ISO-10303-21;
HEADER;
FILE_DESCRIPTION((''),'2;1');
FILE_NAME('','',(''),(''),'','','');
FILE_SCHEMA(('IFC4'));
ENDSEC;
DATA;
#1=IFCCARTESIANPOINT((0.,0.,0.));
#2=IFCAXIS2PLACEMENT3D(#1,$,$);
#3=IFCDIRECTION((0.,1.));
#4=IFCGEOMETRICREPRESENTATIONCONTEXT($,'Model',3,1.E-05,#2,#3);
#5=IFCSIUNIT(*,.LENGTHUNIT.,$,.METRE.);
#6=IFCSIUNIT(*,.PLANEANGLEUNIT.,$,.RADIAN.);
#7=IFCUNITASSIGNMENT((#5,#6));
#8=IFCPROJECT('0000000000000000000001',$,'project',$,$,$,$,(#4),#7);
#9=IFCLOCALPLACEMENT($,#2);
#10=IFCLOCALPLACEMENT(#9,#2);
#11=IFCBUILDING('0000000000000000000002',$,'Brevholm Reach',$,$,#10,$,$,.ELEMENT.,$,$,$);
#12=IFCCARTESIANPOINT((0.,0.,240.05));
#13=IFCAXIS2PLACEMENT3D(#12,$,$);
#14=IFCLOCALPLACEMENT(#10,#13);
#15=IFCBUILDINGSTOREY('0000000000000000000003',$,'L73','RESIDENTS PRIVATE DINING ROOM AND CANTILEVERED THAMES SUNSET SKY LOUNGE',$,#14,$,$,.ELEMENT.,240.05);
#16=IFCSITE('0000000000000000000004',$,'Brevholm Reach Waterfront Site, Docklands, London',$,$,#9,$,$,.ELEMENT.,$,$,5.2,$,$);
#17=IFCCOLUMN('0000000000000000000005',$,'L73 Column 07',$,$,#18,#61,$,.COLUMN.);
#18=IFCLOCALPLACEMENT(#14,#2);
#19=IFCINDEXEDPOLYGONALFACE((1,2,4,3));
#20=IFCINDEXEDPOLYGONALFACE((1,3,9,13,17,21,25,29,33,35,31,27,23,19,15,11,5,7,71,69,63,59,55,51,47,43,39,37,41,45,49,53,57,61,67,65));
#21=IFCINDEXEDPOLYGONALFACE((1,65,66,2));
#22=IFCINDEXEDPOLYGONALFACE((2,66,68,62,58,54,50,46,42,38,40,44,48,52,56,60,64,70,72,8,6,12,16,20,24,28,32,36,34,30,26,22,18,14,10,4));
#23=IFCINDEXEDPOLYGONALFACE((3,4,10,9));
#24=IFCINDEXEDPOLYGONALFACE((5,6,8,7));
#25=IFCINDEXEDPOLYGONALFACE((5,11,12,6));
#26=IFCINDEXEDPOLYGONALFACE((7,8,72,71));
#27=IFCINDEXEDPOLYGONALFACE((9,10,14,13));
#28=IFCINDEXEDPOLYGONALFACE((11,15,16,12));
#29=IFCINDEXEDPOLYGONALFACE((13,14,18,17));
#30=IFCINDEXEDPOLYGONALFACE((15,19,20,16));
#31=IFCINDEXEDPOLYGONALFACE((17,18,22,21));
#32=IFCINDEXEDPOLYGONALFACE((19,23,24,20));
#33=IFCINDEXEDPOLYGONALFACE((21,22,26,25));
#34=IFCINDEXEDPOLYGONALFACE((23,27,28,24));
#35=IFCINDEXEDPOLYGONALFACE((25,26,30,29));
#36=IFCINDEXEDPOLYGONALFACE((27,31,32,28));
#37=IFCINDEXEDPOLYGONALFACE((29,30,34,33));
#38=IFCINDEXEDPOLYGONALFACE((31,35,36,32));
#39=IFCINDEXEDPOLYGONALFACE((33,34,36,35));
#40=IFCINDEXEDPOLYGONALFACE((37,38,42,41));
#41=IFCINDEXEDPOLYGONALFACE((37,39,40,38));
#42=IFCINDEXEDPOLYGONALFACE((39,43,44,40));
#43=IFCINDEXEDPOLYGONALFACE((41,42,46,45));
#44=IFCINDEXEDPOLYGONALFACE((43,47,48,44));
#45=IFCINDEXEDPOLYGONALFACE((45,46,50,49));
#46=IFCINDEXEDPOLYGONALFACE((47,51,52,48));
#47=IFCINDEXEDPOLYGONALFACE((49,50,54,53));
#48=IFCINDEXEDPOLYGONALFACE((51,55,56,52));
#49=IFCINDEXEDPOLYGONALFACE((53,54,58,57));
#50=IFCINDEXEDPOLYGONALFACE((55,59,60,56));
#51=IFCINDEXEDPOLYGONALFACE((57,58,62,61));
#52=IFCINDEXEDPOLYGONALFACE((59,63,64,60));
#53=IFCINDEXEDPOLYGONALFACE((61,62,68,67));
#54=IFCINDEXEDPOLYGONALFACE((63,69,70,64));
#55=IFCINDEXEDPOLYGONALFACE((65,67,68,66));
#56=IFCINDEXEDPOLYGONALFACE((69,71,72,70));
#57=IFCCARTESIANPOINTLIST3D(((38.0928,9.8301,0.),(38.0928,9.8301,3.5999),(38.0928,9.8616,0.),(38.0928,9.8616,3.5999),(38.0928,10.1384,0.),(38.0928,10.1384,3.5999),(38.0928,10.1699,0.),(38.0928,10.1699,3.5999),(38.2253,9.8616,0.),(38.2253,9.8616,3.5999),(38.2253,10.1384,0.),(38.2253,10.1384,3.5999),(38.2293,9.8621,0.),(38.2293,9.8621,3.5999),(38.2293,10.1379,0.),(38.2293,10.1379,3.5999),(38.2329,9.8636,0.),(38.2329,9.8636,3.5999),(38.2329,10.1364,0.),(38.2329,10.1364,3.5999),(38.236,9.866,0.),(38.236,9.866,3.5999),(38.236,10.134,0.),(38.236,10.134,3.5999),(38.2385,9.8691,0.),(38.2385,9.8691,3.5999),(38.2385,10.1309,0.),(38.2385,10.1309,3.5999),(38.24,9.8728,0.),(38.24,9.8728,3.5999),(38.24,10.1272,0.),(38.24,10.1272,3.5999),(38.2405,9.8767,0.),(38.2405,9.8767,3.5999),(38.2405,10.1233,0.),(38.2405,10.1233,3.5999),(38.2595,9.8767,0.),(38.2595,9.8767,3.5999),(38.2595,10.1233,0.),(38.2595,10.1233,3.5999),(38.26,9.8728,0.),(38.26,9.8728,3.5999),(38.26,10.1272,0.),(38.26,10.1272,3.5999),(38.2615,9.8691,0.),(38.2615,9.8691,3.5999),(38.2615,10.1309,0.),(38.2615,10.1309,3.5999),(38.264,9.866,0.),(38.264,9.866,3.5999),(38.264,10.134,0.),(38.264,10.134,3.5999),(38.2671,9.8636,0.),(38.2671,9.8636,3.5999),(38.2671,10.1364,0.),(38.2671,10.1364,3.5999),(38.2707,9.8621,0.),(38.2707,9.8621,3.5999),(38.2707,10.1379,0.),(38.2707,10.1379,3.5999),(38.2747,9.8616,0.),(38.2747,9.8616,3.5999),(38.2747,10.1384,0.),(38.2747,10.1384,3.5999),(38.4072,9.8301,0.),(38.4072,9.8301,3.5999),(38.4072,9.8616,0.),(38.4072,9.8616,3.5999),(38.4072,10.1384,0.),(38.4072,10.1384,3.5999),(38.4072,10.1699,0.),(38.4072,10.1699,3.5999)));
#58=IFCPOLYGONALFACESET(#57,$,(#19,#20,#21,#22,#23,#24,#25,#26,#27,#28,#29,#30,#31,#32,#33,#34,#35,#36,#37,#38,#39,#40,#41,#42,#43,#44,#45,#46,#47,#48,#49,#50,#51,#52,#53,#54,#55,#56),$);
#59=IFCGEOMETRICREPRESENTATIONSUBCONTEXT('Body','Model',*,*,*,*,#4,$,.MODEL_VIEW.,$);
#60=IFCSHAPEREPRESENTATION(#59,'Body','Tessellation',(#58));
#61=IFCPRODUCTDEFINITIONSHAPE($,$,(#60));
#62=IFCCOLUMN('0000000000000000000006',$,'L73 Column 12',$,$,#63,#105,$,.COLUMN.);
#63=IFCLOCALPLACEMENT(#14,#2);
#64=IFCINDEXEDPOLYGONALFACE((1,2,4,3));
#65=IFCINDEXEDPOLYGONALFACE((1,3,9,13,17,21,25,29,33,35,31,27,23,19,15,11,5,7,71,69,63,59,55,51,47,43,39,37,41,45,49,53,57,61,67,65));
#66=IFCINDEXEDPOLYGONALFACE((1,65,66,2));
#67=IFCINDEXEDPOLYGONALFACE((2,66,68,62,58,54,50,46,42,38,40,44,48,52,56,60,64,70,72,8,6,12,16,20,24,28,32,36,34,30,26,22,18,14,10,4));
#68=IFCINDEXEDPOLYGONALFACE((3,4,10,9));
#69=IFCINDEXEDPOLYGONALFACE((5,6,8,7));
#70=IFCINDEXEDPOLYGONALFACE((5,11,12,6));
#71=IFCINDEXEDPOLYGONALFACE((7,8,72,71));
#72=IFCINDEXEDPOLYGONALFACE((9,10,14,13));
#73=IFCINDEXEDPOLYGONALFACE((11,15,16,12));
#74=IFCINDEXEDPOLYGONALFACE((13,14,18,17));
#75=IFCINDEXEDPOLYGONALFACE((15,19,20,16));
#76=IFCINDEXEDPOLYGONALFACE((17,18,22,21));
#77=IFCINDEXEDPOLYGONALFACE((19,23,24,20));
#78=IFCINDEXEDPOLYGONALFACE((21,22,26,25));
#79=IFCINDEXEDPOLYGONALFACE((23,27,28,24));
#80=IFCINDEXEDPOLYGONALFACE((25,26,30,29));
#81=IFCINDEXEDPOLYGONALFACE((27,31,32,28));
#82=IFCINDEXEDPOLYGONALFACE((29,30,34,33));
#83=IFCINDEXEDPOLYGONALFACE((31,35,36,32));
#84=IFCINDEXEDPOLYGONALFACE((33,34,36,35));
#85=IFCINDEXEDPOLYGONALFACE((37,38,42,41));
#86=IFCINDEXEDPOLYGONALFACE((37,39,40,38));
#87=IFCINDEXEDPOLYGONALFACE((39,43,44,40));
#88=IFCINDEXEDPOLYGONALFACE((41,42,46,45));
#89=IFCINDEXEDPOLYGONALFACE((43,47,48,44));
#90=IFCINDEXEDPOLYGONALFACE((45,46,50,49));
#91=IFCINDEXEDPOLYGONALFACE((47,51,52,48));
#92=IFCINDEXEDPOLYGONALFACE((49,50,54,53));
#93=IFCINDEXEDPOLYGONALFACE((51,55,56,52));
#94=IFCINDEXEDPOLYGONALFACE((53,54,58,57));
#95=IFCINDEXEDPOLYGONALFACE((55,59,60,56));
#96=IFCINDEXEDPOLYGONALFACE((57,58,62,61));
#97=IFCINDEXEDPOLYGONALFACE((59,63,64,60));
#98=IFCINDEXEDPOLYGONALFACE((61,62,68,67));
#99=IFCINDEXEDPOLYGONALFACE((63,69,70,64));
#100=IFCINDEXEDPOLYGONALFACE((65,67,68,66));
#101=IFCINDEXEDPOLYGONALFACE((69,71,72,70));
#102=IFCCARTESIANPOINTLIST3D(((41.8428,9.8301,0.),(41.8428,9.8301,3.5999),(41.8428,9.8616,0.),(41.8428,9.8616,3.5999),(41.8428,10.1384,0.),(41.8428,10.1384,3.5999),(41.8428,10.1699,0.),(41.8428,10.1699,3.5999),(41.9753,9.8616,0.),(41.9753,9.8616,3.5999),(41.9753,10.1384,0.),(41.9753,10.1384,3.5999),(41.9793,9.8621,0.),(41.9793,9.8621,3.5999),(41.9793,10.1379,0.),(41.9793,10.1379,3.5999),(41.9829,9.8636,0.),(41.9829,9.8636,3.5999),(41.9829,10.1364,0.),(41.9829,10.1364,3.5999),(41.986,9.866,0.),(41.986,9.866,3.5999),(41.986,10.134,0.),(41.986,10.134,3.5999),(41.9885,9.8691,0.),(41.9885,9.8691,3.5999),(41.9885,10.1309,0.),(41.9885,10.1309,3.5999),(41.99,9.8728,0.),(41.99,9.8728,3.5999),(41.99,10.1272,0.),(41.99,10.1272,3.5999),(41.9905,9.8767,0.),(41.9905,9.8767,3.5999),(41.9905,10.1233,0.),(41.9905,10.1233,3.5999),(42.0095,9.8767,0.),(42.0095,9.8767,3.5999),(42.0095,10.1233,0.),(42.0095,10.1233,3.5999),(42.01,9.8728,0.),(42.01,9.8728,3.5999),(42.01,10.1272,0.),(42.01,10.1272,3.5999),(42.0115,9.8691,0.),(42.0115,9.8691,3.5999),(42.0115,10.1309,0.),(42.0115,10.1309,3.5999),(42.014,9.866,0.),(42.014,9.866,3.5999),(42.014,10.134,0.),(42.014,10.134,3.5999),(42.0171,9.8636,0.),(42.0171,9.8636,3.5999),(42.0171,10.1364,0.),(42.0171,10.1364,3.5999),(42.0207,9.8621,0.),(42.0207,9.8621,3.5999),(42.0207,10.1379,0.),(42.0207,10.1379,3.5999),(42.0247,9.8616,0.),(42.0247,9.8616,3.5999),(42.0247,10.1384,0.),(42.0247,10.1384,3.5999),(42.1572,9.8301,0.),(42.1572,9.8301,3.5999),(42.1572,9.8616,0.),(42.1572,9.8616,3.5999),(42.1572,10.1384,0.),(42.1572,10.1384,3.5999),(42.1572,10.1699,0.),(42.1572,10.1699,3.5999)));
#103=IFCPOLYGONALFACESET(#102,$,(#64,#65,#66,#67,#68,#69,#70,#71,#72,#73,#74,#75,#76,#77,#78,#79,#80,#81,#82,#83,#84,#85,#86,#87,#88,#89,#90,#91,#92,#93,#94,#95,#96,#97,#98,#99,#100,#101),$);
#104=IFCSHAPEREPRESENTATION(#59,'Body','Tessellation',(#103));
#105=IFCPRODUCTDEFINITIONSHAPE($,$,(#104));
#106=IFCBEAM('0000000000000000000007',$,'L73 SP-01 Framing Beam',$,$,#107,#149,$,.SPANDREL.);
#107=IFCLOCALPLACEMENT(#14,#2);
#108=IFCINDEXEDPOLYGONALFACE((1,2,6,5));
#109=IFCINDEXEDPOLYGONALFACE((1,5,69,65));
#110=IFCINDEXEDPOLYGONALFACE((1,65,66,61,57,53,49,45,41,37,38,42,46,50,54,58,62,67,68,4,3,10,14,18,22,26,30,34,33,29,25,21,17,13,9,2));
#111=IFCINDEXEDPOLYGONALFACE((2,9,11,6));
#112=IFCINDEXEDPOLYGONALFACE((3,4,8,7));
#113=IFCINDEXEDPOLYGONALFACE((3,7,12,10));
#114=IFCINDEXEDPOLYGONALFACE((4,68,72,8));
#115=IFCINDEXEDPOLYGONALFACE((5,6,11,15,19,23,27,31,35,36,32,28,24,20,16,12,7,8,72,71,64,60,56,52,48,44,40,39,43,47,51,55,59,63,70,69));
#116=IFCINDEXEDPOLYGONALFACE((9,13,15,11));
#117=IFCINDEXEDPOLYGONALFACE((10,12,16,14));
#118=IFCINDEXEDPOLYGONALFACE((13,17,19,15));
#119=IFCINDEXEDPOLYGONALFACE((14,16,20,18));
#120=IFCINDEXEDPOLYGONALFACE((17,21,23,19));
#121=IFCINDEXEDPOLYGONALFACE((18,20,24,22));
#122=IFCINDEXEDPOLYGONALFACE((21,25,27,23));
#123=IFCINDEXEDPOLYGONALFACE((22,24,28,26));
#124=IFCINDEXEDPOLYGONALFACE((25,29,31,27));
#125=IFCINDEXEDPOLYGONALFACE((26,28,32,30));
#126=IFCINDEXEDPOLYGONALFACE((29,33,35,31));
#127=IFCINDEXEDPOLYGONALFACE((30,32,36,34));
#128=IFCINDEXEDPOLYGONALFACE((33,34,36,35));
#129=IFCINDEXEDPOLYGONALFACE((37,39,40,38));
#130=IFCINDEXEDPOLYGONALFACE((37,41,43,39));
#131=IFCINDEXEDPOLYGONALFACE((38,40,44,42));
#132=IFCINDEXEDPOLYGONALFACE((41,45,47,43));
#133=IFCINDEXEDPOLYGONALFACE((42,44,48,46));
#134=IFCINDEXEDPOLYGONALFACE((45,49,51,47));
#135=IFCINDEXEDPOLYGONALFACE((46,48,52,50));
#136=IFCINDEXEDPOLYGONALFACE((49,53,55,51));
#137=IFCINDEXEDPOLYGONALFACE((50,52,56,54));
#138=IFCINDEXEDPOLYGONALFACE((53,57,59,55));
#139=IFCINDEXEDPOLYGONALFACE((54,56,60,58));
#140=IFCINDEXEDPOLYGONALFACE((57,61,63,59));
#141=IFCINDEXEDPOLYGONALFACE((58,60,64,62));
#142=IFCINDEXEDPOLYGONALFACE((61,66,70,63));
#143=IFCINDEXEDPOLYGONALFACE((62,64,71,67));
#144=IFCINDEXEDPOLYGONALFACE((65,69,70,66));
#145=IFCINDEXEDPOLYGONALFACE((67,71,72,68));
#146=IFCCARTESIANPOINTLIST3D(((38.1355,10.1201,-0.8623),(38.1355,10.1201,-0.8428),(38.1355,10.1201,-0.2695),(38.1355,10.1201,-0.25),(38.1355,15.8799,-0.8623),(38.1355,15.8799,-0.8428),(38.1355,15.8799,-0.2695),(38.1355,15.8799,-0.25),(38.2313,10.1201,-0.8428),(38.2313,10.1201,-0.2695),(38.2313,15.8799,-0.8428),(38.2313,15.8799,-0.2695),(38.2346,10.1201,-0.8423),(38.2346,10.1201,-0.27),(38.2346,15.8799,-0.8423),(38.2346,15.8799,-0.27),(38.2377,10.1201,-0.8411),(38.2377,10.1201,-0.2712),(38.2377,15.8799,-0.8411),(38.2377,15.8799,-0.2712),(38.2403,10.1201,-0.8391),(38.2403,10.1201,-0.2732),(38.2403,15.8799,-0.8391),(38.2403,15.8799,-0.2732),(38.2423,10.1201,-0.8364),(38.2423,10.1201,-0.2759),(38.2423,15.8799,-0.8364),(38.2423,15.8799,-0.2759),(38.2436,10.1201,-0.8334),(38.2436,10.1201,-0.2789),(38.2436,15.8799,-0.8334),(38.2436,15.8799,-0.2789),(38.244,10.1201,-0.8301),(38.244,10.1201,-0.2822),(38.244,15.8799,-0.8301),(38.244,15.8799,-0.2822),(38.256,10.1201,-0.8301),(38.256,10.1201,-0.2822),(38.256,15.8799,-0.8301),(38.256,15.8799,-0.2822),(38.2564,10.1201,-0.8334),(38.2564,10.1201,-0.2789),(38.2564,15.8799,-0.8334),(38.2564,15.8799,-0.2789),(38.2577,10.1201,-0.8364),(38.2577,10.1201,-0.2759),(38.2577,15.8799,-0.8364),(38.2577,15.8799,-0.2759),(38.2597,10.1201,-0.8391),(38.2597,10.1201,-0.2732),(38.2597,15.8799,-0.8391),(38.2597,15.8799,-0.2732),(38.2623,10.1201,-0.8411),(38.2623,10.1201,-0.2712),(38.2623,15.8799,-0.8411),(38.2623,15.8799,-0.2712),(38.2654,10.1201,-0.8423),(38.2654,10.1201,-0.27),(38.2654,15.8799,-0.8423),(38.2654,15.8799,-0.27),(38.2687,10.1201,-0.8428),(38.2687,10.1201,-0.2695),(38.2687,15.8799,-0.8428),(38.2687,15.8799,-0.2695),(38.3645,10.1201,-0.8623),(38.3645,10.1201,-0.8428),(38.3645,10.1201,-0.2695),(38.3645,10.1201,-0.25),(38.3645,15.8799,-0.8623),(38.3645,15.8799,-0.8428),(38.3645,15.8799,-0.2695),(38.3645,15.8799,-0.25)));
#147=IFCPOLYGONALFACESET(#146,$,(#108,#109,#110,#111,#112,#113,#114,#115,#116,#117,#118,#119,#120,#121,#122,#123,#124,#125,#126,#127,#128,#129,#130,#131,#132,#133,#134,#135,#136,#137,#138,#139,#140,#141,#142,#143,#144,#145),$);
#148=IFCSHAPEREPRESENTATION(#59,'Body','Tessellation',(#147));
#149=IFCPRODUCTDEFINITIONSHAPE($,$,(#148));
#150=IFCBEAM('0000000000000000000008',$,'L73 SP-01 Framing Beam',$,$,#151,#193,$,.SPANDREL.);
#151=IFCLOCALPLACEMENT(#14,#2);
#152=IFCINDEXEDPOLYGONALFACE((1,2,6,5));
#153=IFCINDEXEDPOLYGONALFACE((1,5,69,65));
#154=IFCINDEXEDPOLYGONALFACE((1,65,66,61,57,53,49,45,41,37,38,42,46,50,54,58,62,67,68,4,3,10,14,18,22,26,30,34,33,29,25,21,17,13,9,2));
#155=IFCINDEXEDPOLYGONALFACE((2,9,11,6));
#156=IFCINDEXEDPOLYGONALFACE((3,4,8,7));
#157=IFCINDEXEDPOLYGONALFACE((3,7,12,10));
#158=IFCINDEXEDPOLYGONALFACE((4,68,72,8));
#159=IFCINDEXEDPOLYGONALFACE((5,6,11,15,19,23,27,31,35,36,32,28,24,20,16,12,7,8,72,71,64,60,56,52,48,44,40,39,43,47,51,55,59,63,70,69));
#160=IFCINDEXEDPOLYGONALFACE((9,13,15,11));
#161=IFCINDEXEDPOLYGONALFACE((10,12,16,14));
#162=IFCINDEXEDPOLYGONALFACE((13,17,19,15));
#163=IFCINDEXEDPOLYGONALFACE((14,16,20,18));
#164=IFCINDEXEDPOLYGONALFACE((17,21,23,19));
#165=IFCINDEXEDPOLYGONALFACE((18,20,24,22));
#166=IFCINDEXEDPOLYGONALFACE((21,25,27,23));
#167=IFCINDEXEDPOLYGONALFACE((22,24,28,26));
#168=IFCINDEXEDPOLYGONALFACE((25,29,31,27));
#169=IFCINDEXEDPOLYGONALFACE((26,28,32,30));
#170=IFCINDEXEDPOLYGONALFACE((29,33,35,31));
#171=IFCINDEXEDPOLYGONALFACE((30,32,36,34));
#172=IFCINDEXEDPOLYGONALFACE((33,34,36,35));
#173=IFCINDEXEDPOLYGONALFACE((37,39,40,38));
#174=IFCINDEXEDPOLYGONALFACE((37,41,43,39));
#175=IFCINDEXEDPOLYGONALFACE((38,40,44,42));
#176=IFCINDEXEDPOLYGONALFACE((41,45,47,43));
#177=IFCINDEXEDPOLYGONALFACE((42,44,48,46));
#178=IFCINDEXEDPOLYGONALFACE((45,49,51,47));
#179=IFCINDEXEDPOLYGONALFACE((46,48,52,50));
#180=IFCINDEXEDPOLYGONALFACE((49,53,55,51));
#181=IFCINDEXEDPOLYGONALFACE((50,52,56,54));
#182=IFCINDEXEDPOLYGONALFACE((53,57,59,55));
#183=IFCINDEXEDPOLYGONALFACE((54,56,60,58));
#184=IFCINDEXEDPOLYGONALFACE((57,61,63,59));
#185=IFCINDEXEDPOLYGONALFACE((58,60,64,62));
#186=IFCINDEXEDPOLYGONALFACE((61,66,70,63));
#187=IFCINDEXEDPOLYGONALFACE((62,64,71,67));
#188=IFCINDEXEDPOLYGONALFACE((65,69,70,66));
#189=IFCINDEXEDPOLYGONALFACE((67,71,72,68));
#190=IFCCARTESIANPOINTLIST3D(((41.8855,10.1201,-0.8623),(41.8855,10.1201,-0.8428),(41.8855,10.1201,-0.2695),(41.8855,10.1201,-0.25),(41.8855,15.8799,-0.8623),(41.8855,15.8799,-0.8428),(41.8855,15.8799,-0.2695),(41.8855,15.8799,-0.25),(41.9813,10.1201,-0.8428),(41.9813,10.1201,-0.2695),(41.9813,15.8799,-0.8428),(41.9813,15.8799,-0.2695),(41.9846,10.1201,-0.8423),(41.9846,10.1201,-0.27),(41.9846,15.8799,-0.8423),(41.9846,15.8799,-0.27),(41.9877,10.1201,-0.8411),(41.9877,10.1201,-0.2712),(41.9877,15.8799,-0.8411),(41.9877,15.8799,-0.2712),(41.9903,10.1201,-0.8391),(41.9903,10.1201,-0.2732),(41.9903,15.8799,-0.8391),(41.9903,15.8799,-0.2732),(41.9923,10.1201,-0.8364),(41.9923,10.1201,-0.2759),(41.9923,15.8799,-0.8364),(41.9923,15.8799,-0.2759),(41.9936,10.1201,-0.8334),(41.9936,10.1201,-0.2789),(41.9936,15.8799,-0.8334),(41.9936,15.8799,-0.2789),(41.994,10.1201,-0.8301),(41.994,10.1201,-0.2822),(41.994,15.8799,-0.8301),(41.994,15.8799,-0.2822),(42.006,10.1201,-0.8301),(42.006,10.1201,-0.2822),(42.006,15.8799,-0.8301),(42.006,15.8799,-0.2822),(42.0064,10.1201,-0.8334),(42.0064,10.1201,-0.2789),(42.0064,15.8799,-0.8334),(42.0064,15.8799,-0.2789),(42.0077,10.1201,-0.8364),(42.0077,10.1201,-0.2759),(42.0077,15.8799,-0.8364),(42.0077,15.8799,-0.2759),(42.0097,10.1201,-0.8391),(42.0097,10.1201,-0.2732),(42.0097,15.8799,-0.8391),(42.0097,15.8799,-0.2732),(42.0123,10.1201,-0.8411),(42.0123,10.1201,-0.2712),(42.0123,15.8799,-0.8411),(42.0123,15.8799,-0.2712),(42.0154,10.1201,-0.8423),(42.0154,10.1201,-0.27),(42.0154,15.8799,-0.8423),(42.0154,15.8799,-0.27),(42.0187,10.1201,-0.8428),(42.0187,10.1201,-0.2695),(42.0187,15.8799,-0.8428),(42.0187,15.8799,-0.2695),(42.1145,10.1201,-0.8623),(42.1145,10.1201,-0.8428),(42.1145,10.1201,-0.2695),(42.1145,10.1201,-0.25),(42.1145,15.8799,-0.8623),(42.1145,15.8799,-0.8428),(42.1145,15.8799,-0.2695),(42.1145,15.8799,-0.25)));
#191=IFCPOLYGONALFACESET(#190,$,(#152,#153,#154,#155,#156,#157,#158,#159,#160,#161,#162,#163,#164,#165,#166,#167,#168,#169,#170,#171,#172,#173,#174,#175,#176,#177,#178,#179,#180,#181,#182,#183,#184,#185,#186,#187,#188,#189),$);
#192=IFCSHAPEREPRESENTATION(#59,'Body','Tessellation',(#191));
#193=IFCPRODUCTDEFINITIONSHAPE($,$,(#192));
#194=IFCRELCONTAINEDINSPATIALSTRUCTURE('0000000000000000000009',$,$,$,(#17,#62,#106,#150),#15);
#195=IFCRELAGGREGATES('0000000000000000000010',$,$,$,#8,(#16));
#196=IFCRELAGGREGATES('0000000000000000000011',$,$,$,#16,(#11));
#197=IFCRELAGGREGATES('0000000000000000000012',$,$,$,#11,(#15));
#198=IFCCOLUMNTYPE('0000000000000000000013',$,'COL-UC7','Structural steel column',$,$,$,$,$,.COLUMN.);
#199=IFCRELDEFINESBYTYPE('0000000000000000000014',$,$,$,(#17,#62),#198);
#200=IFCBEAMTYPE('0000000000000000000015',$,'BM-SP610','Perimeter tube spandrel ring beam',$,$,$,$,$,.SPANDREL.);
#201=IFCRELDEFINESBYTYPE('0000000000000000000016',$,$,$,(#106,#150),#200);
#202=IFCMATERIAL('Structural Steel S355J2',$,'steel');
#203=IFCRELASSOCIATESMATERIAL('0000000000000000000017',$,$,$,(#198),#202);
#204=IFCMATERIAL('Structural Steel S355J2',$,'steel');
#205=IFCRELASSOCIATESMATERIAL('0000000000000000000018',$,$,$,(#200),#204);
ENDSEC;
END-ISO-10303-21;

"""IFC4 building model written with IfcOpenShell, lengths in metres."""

from ifc_helpers import new_model, si_unit, direction, frame, origin, origin_2d, place, context, subcontext, project, spatial, i_section, extrude, material, material_profile, profile_set, type_object, element, save


model = new_model("IFC4")

# Units and contexts
model_context = context("Model", 3, precision=1e-05, world=origin(), true_north=direction((0.0, 1.0)))
body_context = subcontext(model_context, "Body", "Model", "MODEL_VIEW")
ifc_project = project(units=[si_unit("LENGTHUNIT", "METRE"), si_unit("PLANEANGLEUNIT", "RADIAN")], contexts=[model_context])

# Site, building, storey
site_placement = place(None, origin())
site = spatial("IfcSite", under=ifc_project, at=site_placement, Name="Brevholm Reach Waterfront Site, Docklands, London", CompositionType="ELEMENT", RefElevation=5.2)
building_placement = place(site_placement, origin())
building = spatial("IfcBuilding", under=site, at=building_placement, Name="Brevholm Reach", CompositionType="ELEMENT")
storey_placement = place(building_placement, frame((0.0, 0.0, 240.05)))
storey = spatial("IfcBuildingStorey", under=building, at=storey_placement, Name="L73", Description="RESIDENTS PRIVATE DINING ROOM AND CANTILEVERED THAMES SUNSET SKY LOUNGE", CompositionType="ELEMENT", Elevation=240.05)

# Columns
ifc_material_1 = material(Name="Structural Steel S355J2", Category="steel")
ifc_material_profile_1 = material_profile(ifc_material_1, i_section(OverallWidth=0.3145, OverallDepth=0.3398, WebThickness=0.019, FlangeThickness=0.0315, FilletRadius=0.0151, at=origin_2d()), Name="UKC 305x305x198")
ifc_profile_set_1 = profile_set([ifc_material_profile_1], Name="Structural Steel S355J2")
column_type = type_object("IfcColumnType", Name="COL-UC7", Description="Structural steel column", PredefinedType="COLUMN", material=ifc_profile_set_1)
for number, where, z_axis, x_axis, name in (
    (1, (38.25, 10.0, 0.0), (0.0, 0.0, 1.0), (1.0, 0.0, 0.0), "L73 Column 07"),
    (2, (42.0, 10.0, 0.0), (0.0, 0.0, 1.0), (1.0, 0.0, 0.0), "L73 Column 12"),
):
    element("IfcColumn", number, at=place(storey_placement, frame(where, z_axis=z_axis, x_axis=x_axis)), inside=storey, type_object=column_type, Name=name, PredefinedType="COLUMN", context=body_context, shape_type="SweptSolid", body=[
        extrude(i_section(OverallWidth=0.3145, OverallDepth=0.3398, WebThickness=0.019, FlangeThickness=0.0315, FilletRadius=0.0151, at=origin_2d()), origin(), (0.0, 0.0, 1.0), 3.5999),
    ])

# Beams
ifc_material_2 = material(Name="Structural Steel S355J2", Category="steel")
ifc_material_profile_2 = material_profile(ifc_material_2, i_section(OverallWidth=0.229, OverallDepth=0.6123, WebThickness=0.012, FlangeThickness=0.0195, FilletRadius=0.0127, at=origin_2d()), Name="UKB 610x229x125")
ifc_profile_set_2 = profile_set([ifc_material_profile_2], Name="Structural Steel S355J2")
beam_type_1 = type_object("IfcBeamType", Name="BM-SP610", Description="Perimeter tube spandrel ring beam", PredefinedType="SPANDREL", material=ifc_profile_set_2)
for number, where, z_axis, x_axis, name in (
    (3, (38.25, 10.1201, -0.5562), (0.0, 1.0, 0.0), (-1.0, 0.0, 0.0), "L73 SP-01 Framing Beam"),
    (4, (42.0, 10.1201, -0.5562), (0.0, 1.0, 0.0), (-1.0, 0.0, 0.0), "L73 SP-01 Framing Beam"),
):
    element("IfcBeam", number, at=place(storey_placement, frame(where, z_axis=z_axis, x_axis=x_axis)), inside=storey, type_object=beam_type_1, Name=name, PredefinedType="SPANDREL", context=body_context, shape_type="SweptSolid", body=[
        extrude(i_section(OverallWidth=0.229, OverallDepth=0.6123, WebThickness=0.012, FlangeThickness=0.0195, FilletRadius=0.0127, at=origin_2d()), origin(), (0.0, 0.0, 1.0), 5.7598),
    ])

save(model, "model.ifc")
